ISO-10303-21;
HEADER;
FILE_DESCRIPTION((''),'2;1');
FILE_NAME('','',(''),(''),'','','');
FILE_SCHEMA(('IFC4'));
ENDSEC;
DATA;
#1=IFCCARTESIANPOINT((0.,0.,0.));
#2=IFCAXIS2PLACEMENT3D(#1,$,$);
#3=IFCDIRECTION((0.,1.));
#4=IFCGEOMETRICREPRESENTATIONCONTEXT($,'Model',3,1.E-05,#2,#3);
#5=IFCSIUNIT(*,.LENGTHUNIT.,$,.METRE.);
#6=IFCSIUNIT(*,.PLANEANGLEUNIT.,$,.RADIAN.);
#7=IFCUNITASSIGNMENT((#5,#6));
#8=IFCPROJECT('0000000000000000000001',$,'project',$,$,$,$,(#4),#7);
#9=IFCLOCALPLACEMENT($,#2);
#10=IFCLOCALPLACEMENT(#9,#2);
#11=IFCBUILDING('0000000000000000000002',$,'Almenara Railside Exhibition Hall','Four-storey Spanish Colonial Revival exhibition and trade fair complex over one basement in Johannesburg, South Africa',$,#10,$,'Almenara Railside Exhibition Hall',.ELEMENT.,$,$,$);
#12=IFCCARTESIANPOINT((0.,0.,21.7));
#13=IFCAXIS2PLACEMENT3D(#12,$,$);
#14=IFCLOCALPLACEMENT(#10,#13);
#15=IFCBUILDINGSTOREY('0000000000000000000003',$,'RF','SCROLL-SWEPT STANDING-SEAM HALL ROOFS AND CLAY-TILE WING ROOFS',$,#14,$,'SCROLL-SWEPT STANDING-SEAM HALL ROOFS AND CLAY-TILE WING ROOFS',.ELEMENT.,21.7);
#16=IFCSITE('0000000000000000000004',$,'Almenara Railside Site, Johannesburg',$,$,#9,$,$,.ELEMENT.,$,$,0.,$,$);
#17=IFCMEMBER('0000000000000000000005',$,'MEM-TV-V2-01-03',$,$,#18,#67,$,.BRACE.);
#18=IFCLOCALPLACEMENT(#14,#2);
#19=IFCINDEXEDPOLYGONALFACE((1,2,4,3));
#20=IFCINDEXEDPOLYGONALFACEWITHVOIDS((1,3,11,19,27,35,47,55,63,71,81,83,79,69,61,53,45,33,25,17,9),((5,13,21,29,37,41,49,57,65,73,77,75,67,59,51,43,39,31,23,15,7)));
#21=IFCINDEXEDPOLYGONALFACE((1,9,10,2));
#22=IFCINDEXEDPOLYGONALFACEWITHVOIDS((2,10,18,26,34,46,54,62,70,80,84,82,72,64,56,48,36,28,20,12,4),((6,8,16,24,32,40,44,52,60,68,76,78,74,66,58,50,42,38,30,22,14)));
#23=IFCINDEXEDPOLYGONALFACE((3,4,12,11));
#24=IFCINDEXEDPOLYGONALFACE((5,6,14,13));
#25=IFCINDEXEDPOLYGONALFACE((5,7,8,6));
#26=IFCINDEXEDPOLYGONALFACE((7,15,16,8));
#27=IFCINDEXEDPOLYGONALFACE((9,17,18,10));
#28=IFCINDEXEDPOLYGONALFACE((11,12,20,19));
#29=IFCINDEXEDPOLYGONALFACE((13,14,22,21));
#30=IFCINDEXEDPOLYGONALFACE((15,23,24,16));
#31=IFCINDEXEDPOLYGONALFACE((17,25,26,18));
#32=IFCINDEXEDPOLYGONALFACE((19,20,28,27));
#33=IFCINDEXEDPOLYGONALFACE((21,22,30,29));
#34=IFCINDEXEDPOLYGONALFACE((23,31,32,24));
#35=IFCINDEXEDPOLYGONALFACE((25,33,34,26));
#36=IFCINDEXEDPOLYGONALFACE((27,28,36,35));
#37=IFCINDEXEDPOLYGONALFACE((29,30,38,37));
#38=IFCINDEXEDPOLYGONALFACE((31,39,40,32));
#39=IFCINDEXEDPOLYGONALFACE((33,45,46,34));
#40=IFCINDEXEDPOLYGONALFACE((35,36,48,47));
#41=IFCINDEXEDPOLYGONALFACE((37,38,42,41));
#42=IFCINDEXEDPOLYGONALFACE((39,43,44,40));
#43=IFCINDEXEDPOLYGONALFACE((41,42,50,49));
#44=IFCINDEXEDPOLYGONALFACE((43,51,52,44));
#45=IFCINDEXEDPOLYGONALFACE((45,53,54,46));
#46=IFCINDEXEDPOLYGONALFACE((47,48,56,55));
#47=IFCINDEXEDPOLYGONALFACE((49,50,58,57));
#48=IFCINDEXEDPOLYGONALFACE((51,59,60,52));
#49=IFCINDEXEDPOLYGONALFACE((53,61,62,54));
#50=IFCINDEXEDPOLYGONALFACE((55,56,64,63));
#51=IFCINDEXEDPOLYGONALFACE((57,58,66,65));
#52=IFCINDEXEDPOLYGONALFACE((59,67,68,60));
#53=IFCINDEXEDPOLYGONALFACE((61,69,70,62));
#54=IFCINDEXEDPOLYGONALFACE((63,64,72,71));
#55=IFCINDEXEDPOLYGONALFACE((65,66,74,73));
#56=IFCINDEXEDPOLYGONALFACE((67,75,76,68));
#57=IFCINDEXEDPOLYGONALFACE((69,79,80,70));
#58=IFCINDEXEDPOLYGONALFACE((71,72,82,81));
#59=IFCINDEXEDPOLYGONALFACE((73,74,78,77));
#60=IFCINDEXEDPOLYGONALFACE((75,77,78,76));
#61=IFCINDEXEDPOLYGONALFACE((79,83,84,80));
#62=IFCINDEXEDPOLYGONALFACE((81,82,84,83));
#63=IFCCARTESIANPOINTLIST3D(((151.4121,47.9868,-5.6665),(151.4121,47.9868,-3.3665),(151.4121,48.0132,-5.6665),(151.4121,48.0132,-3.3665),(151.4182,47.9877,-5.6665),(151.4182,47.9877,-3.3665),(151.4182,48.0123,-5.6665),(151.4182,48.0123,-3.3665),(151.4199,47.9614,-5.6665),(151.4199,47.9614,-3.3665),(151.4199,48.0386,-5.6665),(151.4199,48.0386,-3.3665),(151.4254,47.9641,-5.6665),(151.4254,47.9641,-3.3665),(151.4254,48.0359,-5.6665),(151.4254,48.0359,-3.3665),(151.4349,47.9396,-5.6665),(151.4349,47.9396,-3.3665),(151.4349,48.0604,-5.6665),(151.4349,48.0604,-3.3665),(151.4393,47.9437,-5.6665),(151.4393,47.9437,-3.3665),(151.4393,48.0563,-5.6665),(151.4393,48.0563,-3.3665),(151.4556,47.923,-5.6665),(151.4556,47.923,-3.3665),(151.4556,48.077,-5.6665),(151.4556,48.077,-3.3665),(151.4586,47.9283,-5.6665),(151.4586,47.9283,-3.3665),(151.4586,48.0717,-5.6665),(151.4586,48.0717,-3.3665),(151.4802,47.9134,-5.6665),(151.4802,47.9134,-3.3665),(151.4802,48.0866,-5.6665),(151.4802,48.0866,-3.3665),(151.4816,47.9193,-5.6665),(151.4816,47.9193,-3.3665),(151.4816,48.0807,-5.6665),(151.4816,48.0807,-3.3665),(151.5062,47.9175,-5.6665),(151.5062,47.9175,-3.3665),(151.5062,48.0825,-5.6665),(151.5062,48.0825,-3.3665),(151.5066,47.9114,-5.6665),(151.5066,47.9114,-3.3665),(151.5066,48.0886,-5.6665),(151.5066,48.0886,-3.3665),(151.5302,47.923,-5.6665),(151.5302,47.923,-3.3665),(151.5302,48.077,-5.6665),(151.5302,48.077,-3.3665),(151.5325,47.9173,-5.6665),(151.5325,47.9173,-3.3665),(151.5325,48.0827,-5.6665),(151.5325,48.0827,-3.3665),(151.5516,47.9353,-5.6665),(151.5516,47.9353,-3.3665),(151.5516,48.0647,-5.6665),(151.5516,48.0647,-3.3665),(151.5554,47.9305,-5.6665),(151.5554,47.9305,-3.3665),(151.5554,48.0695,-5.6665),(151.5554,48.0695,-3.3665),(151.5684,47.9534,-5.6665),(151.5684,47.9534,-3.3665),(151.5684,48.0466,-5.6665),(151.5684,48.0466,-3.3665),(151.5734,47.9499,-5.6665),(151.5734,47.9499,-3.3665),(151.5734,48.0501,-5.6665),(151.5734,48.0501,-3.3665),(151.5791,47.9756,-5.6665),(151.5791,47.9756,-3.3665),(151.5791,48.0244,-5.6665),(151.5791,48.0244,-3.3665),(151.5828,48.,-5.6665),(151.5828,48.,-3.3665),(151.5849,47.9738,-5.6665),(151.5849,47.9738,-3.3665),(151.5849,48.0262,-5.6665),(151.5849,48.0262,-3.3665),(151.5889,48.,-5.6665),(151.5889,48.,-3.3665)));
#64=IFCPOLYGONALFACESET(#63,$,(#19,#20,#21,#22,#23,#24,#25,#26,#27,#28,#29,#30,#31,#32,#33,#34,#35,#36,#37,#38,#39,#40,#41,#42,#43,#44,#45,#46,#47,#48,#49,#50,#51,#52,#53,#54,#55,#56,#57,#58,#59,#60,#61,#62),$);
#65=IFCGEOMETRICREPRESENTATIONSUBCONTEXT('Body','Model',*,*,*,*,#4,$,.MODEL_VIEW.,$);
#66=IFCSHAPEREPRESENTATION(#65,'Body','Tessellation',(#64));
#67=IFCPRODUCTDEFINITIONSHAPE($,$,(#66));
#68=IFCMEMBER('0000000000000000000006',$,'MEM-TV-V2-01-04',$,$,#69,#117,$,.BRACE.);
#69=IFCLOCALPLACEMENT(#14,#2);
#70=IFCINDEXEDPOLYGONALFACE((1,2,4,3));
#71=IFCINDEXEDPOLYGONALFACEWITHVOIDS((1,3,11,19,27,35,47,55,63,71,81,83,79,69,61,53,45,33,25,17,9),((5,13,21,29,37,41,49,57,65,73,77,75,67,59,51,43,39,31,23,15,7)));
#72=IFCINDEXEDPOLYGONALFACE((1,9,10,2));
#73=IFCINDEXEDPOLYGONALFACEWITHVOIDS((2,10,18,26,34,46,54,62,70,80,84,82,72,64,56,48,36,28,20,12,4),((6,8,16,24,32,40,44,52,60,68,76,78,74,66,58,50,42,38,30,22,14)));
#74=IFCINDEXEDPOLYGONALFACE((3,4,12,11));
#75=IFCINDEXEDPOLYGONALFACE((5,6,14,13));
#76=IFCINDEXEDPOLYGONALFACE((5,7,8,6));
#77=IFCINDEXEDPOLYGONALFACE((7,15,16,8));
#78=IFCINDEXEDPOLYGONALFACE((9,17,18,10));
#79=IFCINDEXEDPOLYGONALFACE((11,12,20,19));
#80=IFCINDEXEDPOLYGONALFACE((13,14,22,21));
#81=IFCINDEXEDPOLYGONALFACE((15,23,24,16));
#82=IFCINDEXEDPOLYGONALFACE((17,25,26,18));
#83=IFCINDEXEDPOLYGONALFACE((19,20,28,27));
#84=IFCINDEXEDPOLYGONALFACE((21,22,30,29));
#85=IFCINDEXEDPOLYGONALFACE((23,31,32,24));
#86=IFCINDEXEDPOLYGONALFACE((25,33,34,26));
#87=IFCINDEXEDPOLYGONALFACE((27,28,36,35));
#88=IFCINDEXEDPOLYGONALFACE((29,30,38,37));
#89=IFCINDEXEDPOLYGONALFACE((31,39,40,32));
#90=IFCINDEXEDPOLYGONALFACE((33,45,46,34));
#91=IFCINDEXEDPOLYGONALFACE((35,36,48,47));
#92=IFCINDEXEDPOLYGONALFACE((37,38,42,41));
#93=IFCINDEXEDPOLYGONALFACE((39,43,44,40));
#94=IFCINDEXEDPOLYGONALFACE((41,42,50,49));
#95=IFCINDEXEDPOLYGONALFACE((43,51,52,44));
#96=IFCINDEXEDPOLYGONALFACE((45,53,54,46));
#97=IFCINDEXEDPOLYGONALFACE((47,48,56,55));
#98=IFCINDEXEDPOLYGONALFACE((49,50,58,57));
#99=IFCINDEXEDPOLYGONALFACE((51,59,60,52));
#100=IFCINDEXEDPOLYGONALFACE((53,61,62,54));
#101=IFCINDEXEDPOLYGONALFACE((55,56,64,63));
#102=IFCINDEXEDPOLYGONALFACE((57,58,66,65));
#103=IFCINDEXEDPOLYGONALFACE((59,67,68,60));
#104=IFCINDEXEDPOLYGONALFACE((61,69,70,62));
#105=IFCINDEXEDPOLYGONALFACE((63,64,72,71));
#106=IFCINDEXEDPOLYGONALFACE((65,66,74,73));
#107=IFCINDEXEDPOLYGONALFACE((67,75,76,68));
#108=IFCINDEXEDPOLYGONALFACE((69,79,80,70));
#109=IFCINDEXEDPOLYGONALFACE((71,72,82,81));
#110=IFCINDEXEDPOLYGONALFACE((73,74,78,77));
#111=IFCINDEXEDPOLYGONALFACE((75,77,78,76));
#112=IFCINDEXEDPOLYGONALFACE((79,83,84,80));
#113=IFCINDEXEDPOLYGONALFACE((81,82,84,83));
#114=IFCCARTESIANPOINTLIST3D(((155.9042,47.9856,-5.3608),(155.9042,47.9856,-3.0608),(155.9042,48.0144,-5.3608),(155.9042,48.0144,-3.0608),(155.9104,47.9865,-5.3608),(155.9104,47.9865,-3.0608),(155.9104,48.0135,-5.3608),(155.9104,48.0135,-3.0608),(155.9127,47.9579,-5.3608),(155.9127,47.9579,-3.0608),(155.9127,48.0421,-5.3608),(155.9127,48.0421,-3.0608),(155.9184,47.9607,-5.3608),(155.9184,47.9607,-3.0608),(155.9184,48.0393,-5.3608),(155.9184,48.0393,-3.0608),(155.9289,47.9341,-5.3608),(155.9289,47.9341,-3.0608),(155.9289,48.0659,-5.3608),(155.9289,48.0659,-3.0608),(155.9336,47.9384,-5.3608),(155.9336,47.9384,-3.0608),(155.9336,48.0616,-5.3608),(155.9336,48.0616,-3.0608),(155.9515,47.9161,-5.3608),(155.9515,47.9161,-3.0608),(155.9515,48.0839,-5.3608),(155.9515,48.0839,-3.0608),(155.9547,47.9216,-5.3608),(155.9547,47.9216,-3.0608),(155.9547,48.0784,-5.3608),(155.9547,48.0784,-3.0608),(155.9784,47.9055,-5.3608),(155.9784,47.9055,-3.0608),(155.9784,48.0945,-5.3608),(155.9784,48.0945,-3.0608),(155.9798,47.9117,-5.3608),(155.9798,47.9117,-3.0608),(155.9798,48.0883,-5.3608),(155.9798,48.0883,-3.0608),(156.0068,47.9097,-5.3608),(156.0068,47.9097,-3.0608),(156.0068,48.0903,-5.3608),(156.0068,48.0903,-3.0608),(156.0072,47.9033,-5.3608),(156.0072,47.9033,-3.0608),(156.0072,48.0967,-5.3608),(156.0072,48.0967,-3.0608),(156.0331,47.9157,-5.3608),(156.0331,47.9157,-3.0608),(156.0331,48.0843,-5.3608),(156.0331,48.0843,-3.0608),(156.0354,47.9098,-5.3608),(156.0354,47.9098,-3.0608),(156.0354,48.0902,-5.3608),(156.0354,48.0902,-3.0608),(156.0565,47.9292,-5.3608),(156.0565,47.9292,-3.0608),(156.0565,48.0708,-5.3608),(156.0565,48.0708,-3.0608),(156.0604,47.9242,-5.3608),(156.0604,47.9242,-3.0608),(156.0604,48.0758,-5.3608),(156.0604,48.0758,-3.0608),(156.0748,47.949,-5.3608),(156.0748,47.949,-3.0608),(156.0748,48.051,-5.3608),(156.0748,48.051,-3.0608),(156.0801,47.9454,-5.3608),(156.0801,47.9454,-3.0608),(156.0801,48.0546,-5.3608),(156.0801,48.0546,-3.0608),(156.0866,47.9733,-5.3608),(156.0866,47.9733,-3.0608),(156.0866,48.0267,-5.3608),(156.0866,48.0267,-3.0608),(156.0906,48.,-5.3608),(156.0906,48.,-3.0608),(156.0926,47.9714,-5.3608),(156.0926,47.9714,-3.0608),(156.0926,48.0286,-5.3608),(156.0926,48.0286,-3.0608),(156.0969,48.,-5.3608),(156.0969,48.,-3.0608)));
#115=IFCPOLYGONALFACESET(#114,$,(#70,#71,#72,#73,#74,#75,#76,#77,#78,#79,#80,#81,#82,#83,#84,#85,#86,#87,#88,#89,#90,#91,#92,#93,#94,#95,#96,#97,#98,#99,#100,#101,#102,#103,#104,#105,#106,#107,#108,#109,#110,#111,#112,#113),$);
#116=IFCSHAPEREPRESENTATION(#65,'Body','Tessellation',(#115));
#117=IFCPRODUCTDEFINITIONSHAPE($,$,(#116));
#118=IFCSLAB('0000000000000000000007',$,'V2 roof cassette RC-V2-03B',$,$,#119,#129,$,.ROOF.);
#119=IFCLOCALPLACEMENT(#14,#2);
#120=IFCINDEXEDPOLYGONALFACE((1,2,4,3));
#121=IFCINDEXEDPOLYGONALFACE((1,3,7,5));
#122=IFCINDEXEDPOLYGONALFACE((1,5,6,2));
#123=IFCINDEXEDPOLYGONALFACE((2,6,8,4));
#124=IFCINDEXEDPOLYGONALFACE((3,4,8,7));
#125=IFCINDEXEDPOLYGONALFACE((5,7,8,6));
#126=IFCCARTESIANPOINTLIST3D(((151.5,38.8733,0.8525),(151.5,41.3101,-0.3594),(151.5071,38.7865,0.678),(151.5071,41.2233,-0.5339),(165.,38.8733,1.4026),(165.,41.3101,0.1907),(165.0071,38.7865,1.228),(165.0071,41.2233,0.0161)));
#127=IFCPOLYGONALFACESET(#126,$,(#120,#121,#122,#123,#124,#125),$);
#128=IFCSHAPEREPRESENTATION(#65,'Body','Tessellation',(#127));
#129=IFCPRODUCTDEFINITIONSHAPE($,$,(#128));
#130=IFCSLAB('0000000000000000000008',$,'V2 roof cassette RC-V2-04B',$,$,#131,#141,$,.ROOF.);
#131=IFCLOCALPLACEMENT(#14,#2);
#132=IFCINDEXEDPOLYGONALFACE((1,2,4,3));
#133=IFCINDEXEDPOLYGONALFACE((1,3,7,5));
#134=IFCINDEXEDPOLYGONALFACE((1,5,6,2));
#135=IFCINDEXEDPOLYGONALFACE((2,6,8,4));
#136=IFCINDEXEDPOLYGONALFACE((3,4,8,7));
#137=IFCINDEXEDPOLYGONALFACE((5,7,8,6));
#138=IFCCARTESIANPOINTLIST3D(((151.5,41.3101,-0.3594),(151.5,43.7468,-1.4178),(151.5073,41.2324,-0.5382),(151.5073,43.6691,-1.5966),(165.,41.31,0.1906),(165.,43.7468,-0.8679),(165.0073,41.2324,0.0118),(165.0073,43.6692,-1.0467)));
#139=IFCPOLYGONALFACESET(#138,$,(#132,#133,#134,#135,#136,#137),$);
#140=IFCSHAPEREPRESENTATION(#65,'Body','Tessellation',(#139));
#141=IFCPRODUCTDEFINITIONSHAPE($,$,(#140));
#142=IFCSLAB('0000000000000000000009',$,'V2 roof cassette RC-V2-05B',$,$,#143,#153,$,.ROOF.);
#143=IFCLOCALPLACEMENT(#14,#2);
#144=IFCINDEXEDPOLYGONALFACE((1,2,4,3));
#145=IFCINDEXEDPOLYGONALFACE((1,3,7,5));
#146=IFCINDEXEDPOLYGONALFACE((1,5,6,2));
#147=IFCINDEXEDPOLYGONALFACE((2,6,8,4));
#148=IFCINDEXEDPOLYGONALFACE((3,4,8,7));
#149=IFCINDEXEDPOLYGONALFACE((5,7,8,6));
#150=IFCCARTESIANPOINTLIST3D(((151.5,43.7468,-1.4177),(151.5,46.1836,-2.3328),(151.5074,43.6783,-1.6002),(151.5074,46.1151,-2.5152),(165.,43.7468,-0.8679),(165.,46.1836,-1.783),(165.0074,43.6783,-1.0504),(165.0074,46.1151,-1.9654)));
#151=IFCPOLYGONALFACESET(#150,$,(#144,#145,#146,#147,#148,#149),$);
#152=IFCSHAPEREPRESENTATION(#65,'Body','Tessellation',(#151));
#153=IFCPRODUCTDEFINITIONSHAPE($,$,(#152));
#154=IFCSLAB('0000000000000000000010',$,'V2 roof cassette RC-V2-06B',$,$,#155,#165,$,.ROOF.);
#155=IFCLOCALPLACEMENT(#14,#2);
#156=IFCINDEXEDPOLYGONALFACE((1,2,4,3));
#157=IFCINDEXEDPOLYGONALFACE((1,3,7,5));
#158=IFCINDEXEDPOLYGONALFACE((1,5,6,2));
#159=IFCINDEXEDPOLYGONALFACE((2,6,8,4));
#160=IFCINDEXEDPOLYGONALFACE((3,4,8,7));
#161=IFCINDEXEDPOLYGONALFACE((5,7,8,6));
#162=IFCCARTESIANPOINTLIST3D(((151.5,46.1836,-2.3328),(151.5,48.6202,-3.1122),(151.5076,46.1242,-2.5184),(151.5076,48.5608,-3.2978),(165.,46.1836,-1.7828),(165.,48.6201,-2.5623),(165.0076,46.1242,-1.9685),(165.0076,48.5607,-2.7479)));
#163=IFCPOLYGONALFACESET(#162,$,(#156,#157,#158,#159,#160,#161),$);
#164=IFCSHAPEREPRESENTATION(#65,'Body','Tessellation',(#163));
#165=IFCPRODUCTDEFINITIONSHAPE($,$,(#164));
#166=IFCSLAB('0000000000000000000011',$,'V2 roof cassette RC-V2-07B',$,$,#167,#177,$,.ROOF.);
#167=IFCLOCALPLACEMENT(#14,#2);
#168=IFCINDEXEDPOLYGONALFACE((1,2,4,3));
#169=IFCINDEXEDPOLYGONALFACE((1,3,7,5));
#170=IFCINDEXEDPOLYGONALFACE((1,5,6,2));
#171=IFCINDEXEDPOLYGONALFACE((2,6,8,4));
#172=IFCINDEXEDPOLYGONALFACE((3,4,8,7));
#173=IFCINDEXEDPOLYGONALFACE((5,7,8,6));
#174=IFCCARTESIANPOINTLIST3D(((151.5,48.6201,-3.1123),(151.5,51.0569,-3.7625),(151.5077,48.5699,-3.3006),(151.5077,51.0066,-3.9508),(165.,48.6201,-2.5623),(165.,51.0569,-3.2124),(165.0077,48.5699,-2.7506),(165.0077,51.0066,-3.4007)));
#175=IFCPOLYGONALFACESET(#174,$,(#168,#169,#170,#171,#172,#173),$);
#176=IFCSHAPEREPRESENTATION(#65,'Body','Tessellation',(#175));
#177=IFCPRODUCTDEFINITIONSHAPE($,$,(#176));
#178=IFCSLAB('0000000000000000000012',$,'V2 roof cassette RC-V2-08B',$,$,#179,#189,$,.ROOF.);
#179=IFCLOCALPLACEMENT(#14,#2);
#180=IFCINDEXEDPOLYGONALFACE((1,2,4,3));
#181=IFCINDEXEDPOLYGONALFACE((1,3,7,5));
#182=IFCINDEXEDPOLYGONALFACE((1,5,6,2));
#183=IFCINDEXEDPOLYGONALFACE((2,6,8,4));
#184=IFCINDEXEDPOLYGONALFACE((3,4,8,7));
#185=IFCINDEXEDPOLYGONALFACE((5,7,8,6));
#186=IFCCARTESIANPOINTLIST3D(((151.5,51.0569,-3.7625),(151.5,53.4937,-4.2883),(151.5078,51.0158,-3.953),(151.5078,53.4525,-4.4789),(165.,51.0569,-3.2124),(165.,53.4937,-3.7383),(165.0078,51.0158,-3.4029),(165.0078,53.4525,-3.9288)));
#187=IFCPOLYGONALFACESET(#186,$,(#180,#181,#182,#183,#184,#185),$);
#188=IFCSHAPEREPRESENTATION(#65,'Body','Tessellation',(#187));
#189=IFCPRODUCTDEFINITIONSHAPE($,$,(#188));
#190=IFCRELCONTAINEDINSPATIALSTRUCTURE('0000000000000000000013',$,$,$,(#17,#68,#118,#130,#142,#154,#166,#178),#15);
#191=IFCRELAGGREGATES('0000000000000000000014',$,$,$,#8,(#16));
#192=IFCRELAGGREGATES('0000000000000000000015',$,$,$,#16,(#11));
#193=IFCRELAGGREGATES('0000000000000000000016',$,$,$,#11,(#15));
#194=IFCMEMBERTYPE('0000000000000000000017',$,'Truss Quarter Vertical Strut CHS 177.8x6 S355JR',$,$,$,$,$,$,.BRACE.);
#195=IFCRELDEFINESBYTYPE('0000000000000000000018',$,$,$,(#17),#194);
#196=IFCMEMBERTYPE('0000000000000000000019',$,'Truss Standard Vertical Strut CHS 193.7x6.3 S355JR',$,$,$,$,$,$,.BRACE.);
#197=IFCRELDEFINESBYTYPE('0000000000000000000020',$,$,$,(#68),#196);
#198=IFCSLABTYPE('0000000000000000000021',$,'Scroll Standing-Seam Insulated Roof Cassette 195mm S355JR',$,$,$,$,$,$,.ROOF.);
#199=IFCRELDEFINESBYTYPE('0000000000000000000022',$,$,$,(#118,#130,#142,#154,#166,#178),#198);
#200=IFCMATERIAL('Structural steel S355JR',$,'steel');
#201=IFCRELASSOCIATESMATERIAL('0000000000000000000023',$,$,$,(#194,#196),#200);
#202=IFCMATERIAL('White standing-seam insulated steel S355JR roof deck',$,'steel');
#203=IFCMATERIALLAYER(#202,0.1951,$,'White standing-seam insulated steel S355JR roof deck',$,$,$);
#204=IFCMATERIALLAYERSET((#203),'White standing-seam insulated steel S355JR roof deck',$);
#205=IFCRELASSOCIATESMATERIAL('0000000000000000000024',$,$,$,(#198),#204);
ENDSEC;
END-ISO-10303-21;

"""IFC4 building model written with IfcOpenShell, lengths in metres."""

from ifc_helpers import new_model, si_unit, direction, frame, origin, origin_2d, place, context, subcontext, project, spatial, polyline, hollow_circle, outline, extrude, material, layer, layer_set, material_profile, profile_set, type_object, element, save


model = new_model("IFC4")

# Units and contexts
model_context = context("Model", 3, precision=1e-05, world=origin(), true_north=direction((0.0, 1.0)))
body_context = subcontext(model_context, "Body", "Model", "MODEL_VIEW")
ifc_project = project(units=[si_unit("LENGTHUNIT", "METRE"), si_unit("PLANEANGLEUNIT", "RADIAN")], contexts=[model_context])

# Site, building, storey
site_placement = place(None, origin())
site = spatial("IfcSite", under=ifc_project, at=site_placement, Name="Almenara Railside Site, Johannesburg", CompositionType="ELEMENT", RefElevation=0.0)
building_placement = place(site_placement, origin())
building = spatial("IfcBuilding", under=site, at=building_placement, Name="Almenara Railside Exhibition Hall", Description="Four-storey Spanish Colonial Revival exhibition and trade fair complex over one basement in Johannesburg, South Africa", LongName="Almenara Railside Exhibition Hall", CompositionType="ELEMENT")
storey_placement = place(building_placement, frame((0.0, 0.0, 21.7)))
storey = spatial("IfcBuildingStorey", under=building, at=storey_placement, Name="RF", Description="SCROLL-SWEPT STANDING-SEAM HALL ROOFS AND CLAY-TILE WING ROOFS", LongName="SCROLL-SWEPT STANDING-SEAM HALL ROOFS AND CLAY-TILE WING ROOFS", CompositionType="ELEMENT", Elevation=21.7)

# Members
ifc_material_1 = material(Name="Structural steel S355JR", Category="steel")
ifc_material_profile_1 = material_profile(ifc_material_1, hollow_circle(Radius=0.0889, WallThickness=0.0061, at=origin_2d()), Name="CHS 177.8x6")
ifc_profile_set_1 = profile_set([ifc_material_profile_1], Name="Structural steel S355JR")
member_type_1 = type_object("IfcMemberType", Name="Truss Quarter Vertical Strut CHS 177.8x6 S355JR", PredefinedType="BRACE", material=ifc_profile_set_1)
member_1_placement = place(storey_placement, frame((151.5, 48.0, -5.6665), z_axis=(0.0, 0.0, 1.0), x_axis=(1.0, 0.0, 0.0)))
element("IfcMember", 1, at=member_1_placement, inside=storey, type_object=member_type_1, Name="MEM-TV-V2-01-03", PredefinedType="BRACE", context=body_context, shape_type="SweptSolid", body=[
    extrude(hollow_circle(Radius=0.0889, WallThickness=0.0061, at=origin_2d()), origin(), (0.0, 0.0, 1.0), 2.3),
])
ifc_material_profile_2 = material_profile(ifc_material_1, hollow_circle(Radius=0.0969, WallThickness=0.0063, at=origin_2d()), Name="CHS 193.7x6.3")
ifc_profile_set_2 = profile_set([ifc_material_profile_2], Name="Structural steel S355JR")
member_type_2 = type_object("IfcMemberType", Name="Truss Standard Vertical Strut CHS 193.7x6.3 S355JR", PredefinedType="BRACE", material=ifc_profile_set_2)
member_2_placement = place(storey_placement, frame((156.0, 48.0, -5.3608), z_axis=(0.0, 0.0, 1.0), x_axis=(1.0, 0.0, 0.0)))
element("IfcMember", 2, at=member_2_placement, inside=storey, type_object=member_type_2, Name="MEM-TV-V2-01-04", PredefinedType="BRACE", context=body_context, shape_type="SweptSolid", body=[
    extrude(hollow_circle(Radius=0.0969, WallThickness=0.0063, at=origin_2d()), origin(), (0.0, 0.0, 1.0), 2.3),
])

# Slabs
ifc_material_2 = material(Name="White standing-seam insulated steel S355JR roof deck", Category="steel")
ifc_layer_1 = layer(ifc_material_2, 0.1951, Name="White standing-seam insulated steel S355JR roof deck")
ifc_layer_set_1 = layer_set([ifc_layer_1], Name="White standing-seam insulated steel S355JR roof deck")
slab_type_1 = type_object("IfcSlabType", Name="Scroll Standing-Seam Insulated Roof Cassette 195mm S355JR", PredefinedType="ROOF", material=ifc_layer_set_1)
slab_1_placement = place(storey_placement, frame((151.5, 38.8733, 0.8525), z_axis=(-0.036457, 0.445015, 0.894781), x_axis=(0.999171, 0.0, 0.040711)))
element("IfcSlab", 3, at=slab_1_placement, inside=storey, type_object=slab_type_1, Name="V2 roof cassette RC-V2-03B", PredefinedType="ROOF", context=body_context, shape_type="SweptSolid", body=[
    extrude(outline(polyline([(0.0, 0.0), (13.5112, 0.0), (13.4619, 2.7211), (-0.0493, 2.7211), (0.0, 0.0)])), origin(), (0.0, 0.0, -1.0), 0.1951),
])
slab_2_placement = place(storey_placement, frame((151.5, 41.3101, -0.3594), z_axis=(-0.037337, 0.398134, 0.916567), x_axis=(0.999171, -0.000003, 0.040703)))
element("IfcSlab", 4, at=slab_2_placement, inside=storey, type_object=slab_type_1, Name="V2 roof cassette RC-V2-04B", PredefinedType="ROOF", context=body_context, shape_type="SweptSolid", body=[
    extrude(outline(polyline([(0.0, 0.0), (13.5112, 0.0), (13.4681, 2.6564), (-0.0431, 2.6563), (0.0, 0.0)])), origin(), (0.0, 0.0, -1.0), 0.1951),
])
slab_3_placement = place(storey_placement, frame((151.5, 43.7468, -1.4177), z_axis=(-0.038099, 0.35129, 0.935491), x_axis=(0.999172, 0.0, 0.040693)))
element("IfcSlab", 5, at=slab_3_placement, inside=storey, type_object=slab_type_1, Name="V2 roof cassette RC-V2-05B", PredefinedType="ROOF", context=body_context, shape_type="SweptSolid", body=[
    extrude(outline(polyline([(0.0, 0.0), (13.5112, 0.0), (13.474, 2.6026), (-0.0372, 2.6026), (0.0, 0.0)])), origin(), (0.0, 0.0, -1.0), 0.1951),
])
slab_4_placement = place(storey_placement, frame((151.5, 46.1836, -2.3328), z_axis=(-0.038769, 0.304451, 0.951739), x_axis=(0.999171, 0.000003, 0.040701)))
element("IfcSlab", 6, at=slab_4_placement, inside=storey, type_object=slab_type_1, Name="V2 roof cassette RC-V2-06B", PredefinedType="ROOF", context=body_context, shape_type="SweptSolid", body=[
    extrude(outline(polyline([(0.0, 0.0), (13.5112, 0.0), (13.4795, 2.5579), (-0.0317, 2.558), (0.0, 0.0)])), origin(), (0.0, 0.0, -1.0), 0.1951),
])
slab_5_placement = place(storey_placement, frame((151.5, 48.6201, -3.1123), z_axis=(-0.039337, 0.25759, 0.965453), x_axis=(0.999171, 0.0, 0.040711)))
element("IfcSlab", 7, at=slab_5_placement, inside=storey, type_object=slab_type_1, Name="V2 roof cassette RC-V2-07B", PredefinedType="ROOF", context=body_context, shape_type="SweptSolid", body=[
    extrude(outline(polyline([(0.0, 0.0), (13.5112, 0.0), (13.4847, 2.5219), (-0.0265, 2.5219), (0.0, 0.0)])), origin(), (0.0, 0.0, -1.0), 0.1951),
])
slab_6_placement = place(storey_placement, frame((151.5, 51.0569, -3.7625), z_axis=(-0.039796, 0.210786, 0.976722), x_axis=(0.999171, 0.0, 0.040711)))
element("IfcSlab", 8, at=slab_6_placement, inside=storey, type_object=slab_type_1, Name="V2 roof cassette RC-V2-08B", PredefinedType="ROOF", context=body_context, shape_type="SweptSolid", body=[
    extrude(outline(polyline([(0.0, 0.0), (13.5112, 0.0), (13.4898, 2.4928), (-0.0214, 2.4928), (0.0, 0.0)])), origin(), (0.0, 0.0, -1.0), 0.1951),
])

save(model, "model.ifc")
